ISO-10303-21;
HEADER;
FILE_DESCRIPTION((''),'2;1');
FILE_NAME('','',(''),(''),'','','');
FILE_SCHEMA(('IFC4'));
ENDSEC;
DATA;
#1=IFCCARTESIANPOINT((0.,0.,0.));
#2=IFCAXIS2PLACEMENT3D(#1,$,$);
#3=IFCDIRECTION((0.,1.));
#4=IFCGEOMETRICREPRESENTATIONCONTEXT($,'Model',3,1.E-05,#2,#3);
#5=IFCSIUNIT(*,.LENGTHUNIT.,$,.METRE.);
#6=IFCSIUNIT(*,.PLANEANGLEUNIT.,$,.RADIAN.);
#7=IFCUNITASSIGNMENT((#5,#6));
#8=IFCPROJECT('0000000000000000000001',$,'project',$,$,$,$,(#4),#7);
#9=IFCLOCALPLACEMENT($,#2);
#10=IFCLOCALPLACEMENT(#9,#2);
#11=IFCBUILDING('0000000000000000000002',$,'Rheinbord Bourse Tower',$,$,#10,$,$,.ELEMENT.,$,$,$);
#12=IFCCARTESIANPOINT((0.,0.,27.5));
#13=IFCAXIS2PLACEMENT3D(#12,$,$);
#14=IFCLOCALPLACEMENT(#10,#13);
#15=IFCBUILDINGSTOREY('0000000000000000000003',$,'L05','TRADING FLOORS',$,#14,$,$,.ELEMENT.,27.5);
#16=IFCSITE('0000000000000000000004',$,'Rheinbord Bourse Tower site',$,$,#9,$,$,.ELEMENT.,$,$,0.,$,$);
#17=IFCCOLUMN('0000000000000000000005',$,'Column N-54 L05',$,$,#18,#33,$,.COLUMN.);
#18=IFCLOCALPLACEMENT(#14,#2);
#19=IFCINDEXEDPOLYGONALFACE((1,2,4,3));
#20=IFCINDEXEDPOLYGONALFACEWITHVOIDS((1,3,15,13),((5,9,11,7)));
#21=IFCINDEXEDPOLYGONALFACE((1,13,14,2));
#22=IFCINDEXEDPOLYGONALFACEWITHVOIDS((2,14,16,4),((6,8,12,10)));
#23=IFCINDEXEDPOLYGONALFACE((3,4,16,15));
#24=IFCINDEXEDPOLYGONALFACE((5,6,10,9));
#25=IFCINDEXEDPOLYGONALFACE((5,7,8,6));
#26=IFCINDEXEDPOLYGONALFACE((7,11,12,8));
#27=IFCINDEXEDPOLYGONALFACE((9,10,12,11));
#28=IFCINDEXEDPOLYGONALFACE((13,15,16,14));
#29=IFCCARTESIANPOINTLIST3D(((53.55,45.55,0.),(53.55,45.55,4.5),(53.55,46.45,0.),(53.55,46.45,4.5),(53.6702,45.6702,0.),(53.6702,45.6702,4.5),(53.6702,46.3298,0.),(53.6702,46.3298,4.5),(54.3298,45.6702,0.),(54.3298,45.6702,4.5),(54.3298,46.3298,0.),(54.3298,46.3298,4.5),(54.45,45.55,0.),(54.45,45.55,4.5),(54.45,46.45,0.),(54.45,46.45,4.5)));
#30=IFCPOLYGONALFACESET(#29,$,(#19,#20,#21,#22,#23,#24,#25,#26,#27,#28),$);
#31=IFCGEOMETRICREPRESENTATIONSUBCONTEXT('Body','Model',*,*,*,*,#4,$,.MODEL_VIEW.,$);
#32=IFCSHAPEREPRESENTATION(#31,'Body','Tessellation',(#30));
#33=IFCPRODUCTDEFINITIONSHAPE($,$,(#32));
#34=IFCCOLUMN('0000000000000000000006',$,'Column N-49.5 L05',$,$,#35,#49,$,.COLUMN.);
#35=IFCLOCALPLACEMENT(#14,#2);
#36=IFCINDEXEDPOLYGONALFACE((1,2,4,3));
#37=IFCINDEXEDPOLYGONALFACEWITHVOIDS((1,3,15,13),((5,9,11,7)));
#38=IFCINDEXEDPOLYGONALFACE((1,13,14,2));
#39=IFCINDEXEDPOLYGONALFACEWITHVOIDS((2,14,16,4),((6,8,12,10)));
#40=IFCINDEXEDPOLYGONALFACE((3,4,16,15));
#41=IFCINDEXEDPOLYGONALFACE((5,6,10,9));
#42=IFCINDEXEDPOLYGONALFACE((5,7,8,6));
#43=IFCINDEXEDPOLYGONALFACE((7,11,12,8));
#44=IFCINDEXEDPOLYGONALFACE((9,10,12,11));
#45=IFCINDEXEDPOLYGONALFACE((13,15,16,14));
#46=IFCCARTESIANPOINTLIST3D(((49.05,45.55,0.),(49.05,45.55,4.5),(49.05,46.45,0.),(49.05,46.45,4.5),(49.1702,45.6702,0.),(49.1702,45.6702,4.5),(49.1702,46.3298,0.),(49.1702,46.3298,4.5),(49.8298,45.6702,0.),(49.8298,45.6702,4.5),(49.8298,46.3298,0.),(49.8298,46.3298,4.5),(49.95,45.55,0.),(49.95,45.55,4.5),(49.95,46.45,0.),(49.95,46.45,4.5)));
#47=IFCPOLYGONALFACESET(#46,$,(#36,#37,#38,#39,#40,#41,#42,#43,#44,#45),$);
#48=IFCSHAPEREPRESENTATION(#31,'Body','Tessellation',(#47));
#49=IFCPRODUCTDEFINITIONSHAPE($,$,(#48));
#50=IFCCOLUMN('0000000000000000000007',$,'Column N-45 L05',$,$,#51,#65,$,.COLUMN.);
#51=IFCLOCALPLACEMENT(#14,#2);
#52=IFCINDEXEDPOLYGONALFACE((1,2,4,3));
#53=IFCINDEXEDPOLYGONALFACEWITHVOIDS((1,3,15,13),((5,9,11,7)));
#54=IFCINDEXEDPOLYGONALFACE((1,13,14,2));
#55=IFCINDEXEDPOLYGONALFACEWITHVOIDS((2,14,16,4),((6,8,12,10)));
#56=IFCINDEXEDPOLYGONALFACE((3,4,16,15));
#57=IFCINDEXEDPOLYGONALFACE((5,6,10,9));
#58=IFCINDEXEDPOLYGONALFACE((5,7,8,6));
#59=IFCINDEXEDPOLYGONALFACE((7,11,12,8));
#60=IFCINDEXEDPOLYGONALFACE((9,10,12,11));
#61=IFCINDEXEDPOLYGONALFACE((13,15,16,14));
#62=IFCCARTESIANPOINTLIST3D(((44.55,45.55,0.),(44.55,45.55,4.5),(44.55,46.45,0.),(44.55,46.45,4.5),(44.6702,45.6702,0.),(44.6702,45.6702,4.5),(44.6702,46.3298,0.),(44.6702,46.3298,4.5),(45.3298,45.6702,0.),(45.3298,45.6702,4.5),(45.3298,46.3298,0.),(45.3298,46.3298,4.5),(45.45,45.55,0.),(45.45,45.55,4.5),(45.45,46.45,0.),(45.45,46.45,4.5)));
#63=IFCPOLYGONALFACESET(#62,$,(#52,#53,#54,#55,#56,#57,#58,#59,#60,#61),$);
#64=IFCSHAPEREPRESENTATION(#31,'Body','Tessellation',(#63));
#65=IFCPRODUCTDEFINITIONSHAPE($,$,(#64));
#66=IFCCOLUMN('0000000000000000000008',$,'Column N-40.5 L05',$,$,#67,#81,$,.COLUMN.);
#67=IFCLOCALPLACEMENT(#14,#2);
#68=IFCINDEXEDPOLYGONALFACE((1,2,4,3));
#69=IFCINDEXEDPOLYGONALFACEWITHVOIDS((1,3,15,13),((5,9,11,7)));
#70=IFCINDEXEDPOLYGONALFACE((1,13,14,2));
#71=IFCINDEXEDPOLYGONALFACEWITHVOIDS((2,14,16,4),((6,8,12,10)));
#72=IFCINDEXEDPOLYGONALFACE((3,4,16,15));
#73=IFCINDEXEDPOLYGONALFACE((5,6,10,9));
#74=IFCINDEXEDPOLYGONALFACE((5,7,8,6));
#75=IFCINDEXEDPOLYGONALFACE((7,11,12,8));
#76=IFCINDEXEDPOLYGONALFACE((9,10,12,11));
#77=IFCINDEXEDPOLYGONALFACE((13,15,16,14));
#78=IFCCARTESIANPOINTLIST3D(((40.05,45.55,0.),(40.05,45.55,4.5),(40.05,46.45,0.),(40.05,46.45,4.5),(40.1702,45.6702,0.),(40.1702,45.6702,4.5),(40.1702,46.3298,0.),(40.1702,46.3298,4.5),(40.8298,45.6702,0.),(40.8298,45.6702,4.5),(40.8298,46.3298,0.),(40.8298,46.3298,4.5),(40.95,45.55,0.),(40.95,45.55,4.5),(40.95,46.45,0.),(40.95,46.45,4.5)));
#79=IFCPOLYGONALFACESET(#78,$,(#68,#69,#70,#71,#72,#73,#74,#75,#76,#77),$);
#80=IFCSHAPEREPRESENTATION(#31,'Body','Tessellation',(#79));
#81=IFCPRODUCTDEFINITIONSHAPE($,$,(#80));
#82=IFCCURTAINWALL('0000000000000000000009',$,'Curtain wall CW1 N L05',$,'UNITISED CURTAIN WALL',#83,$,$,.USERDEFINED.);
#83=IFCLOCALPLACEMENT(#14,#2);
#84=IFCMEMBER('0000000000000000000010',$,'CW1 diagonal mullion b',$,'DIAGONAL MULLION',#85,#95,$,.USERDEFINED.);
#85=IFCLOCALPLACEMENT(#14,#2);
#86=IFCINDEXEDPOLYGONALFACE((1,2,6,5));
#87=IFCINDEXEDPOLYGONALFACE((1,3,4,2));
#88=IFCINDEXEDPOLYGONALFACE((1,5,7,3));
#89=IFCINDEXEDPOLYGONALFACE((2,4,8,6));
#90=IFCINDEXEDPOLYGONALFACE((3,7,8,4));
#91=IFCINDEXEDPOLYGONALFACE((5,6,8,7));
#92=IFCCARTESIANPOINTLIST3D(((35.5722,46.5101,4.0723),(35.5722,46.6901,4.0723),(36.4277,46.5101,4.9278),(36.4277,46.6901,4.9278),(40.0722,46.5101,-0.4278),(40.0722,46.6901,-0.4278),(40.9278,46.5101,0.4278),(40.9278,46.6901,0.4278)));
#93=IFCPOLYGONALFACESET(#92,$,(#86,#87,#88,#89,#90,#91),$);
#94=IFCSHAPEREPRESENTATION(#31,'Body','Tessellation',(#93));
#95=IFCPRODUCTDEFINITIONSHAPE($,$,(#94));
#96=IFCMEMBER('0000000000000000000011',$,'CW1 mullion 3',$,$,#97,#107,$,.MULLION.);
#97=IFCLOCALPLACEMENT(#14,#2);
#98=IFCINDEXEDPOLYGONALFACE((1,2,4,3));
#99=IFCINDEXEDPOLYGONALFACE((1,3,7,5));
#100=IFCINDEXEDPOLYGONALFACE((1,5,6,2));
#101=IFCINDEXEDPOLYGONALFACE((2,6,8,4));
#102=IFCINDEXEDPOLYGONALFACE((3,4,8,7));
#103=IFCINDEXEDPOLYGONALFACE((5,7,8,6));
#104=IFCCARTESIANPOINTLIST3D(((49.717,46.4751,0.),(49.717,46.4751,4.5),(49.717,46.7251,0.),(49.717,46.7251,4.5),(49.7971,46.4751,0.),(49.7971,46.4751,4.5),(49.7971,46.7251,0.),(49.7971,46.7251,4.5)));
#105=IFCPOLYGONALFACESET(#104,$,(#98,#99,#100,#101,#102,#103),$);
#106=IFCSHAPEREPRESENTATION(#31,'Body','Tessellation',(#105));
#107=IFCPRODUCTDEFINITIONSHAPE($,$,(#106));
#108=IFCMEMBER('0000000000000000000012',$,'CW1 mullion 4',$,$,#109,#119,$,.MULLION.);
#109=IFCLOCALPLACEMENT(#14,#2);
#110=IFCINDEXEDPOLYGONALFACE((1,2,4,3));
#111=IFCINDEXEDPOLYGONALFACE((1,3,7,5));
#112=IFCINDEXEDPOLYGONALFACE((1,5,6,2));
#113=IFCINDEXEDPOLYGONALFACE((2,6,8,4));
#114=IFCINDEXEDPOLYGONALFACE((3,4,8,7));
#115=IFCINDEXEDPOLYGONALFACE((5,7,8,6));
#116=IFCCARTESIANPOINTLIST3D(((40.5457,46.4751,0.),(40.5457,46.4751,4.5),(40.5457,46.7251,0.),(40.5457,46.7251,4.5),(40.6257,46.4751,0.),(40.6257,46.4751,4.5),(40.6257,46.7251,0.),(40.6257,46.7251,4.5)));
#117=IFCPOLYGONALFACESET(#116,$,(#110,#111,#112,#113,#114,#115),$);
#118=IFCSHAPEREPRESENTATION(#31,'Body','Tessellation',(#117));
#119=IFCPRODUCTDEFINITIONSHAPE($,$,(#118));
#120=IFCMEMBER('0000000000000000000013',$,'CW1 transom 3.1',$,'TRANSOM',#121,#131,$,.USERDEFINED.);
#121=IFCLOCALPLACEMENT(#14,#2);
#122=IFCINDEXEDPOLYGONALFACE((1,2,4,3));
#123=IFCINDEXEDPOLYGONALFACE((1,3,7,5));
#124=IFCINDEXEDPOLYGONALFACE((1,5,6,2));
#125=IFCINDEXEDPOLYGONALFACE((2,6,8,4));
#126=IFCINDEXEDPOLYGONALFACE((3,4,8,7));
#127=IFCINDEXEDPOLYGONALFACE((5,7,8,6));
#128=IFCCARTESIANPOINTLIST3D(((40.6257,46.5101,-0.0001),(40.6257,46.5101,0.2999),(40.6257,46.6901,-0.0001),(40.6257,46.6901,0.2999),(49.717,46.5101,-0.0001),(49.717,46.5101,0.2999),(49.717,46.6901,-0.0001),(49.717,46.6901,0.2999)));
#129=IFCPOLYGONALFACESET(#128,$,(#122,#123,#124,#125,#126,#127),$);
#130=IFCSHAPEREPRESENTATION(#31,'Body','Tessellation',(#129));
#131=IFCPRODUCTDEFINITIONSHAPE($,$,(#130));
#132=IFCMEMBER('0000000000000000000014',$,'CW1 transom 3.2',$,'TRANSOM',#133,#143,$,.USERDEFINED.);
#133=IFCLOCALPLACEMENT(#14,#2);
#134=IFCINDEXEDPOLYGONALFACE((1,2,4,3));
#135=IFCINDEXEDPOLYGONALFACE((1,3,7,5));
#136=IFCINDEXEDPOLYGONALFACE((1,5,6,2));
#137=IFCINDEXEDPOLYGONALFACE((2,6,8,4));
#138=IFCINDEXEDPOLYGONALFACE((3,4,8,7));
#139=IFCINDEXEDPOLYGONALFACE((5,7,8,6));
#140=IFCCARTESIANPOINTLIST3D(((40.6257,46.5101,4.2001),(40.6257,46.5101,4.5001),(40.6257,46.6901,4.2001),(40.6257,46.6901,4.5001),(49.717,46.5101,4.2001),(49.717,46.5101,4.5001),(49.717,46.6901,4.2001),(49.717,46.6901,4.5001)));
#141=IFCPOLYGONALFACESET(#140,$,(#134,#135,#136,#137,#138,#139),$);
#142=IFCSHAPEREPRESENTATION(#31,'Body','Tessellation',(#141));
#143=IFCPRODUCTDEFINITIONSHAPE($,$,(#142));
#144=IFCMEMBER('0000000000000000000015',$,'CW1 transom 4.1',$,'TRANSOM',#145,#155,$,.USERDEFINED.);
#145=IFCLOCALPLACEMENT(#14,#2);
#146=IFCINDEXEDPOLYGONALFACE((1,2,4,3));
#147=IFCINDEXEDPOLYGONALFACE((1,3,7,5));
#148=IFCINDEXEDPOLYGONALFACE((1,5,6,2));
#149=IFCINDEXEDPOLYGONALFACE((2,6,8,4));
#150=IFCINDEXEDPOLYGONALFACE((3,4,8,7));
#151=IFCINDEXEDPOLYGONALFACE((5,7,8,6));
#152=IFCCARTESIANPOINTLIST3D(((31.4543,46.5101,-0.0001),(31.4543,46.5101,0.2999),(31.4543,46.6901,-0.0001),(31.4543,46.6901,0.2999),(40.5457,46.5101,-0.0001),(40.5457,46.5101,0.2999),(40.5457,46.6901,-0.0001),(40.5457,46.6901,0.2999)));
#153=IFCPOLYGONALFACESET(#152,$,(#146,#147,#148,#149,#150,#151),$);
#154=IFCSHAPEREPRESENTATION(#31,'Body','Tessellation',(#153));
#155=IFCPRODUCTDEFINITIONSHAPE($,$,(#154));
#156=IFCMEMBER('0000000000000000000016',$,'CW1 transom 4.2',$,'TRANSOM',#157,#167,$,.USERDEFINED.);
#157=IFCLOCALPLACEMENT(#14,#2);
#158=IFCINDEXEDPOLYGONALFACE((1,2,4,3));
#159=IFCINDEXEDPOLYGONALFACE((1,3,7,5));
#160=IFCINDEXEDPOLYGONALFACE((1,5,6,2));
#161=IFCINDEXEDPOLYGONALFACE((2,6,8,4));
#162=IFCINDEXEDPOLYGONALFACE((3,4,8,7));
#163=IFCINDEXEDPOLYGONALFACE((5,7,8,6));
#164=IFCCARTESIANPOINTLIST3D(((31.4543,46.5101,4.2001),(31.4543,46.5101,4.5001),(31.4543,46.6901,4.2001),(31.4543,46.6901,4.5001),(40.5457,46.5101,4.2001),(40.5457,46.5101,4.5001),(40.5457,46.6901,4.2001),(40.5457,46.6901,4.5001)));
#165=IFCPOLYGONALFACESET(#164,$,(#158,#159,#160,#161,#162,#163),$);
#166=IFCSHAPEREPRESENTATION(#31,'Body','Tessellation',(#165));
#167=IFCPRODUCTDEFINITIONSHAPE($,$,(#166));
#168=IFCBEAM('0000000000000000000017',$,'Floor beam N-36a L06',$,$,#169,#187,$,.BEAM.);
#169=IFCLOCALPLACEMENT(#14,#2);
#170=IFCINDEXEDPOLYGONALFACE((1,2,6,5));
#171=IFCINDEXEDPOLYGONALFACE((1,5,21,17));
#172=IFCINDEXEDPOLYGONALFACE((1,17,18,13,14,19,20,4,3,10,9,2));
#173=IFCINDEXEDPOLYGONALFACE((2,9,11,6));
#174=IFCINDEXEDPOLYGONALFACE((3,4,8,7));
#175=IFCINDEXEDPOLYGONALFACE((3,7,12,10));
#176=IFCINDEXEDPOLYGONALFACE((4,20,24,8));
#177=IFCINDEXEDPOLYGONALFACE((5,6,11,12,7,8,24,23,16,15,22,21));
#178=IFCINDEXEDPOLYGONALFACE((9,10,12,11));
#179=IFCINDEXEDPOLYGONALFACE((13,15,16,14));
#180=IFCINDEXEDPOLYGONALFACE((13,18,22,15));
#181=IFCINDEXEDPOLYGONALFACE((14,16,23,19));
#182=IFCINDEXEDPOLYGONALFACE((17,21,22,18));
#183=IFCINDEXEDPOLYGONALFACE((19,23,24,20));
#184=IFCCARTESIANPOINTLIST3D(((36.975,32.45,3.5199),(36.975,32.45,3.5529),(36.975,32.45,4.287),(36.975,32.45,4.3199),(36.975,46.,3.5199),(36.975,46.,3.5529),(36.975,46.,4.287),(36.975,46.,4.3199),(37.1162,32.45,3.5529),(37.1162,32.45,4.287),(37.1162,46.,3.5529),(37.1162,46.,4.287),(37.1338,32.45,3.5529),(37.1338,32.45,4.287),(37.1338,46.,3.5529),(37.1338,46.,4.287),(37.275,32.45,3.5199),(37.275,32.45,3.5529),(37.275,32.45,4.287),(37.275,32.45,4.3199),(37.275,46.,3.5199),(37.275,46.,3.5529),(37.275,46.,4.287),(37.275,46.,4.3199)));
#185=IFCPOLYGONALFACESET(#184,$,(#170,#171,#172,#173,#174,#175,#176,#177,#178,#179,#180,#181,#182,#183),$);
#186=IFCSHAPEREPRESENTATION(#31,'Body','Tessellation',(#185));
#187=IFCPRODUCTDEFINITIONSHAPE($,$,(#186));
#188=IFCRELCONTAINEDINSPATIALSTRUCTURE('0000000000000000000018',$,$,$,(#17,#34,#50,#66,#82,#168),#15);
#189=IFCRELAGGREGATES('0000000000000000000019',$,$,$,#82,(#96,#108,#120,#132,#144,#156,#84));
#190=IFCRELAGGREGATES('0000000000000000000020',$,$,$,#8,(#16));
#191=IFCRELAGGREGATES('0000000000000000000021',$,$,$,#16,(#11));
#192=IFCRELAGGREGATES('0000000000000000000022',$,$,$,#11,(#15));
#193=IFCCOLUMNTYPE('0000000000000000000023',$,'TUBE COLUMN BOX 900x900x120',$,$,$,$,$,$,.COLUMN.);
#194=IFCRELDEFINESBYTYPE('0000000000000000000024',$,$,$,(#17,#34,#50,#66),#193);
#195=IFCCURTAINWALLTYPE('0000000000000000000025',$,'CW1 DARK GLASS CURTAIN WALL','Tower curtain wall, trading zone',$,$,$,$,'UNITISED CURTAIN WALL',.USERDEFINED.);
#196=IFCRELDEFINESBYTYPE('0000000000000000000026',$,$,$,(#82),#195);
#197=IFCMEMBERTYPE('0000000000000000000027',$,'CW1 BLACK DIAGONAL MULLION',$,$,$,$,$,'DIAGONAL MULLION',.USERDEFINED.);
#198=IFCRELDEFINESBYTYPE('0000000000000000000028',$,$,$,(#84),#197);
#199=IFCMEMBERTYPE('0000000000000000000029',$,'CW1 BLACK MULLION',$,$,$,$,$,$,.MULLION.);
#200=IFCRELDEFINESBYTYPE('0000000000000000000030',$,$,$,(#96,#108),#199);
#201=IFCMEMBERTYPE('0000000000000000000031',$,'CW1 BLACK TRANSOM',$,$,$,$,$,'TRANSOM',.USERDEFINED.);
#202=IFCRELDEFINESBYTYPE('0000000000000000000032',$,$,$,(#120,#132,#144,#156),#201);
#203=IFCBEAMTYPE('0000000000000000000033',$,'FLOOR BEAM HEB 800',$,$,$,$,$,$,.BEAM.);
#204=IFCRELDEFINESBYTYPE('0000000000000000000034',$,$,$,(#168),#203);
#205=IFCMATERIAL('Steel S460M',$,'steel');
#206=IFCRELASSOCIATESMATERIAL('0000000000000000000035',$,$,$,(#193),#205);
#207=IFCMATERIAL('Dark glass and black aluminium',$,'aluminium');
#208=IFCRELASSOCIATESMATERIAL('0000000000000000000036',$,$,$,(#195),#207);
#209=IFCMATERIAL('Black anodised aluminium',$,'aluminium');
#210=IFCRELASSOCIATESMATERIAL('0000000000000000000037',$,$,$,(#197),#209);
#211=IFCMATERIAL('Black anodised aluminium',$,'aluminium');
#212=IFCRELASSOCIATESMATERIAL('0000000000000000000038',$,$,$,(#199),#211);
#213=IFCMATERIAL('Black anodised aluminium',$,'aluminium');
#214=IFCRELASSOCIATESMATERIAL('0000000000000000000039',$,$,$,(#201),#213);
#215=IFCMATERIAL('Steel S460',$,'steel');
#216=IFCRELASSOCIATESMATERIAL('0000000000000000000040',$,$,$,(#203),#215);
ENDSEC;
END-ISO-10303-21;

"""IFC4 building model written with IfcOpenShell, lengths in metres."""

from ifc_helpers import new_model, si_unit, direction, frame, origin, origin_2d, place, context, subcontext, project, spatial, rectangle, hollow_rectangle, i_section, extrude, material, material_profile, profile_set, type_object, element, aggregate, save


model = new_model("IFC4")

# Units and contexts
model_context = context("Model", 3, precision=1e-05, world=origin(), true_north=direction((0.0, 1.0)))
body_context = subcontext(model_context, "Body", "Model", "MODEL_VIEW")
ifc_project = project(units=[si_unit("LENGTHUNIT", "METRE"), si_unit("PLANEANGLEUNIT", "RADIAN")], contexts=[model_context])

# Site, building, storey
site_placement = place(None, origin())
site = spatial("IfcSite", under=ifc_project, at=site_placement, Name="Rheinbord Bourse Tower site", CompositionType="ELEMENT", RefElevation=0.0)
building_placement = place(site_placement, origin())
building = spatial("IfcBuilding", under=site, at=building_placement, Name="Rheinbord Bourse Tower", CompositionType="ELEMENT")
storey_placement = place(building_placement, frame((0.0, 0.0, 27.5)))
storey = spatial("IfcBuildingStorey", under=building, at=storey_placement, Name="L05", Description="TRADING FLOORS", CompositionType="ELEMENT", Elevation=27.5)

# Columns
ifc_material_1 = material(Name="Steel S460M", Category="steel")
ifc_material_profile_1 = material_profile(ifc_material_1, hollow_rectangle(XDim=0.8999, YDim=0.8999, WallThickness=0.1201, at=origin_2d()), Name="BOX 900x900x120")
ifc_profile_set_1 = profile_set([ifc_material_profile_1], Name="Steel S460M")
column_type = type_object("IfcColumnType", Name="TUBE COLUMN BOX 900x900x120", PredefinedType="COLUMN", material=ifc_profile_set_1)
for number, where, z_axis, x_axis, name in (
    (1, (54.0, 46.0, 0.0), (0.0, 0.0, 1.0), (0.0, 1.0, 0.0), "Column N-54 L05"),
    (2, (49.5, 46.0, 0.0), (0.0, 0.0, 1.0), (0.0, 1.0, 0.0), "Column N-49.5 L05"),
    (3, (45.0, 46.0, 0.0), (0.0, 0.0, 1.0), (0.0, 1.0, 0.0), "Column N-45 L05"),
    (4, (40.5, 46.0, 0.0), (0.0, 0.0, 1.0), (0.0, 1.0, 0.0), "Column N-40.5 L05"),
):
    element("IfcColumn", number, at=place(storey_placement, frame(where, z_axis=z_axis, x_axis=x_axis)), inside=storey, type_object=column_type, Name=name, PredefinedType="COLUMN", context=body_context, shape_type="SweptSolid", body=[
        extrude(hollow_rectangle(XDim=0.8999, YDim=0.8999, WallThickness=0.1201, at=origin_2d()), origin(), (0.0, 0.0, 1.0), 4.5),
    ])

# Curtain wall, members
ifc_material_2 = material(Name="Dark glass and black aluminium", Category="aluminium")
curtain_wall_type = type_object("IfcCurtainWallType", Name="CW1 DARK GLASS CURTAIN WALL", Description="Tower curtain wall, trading zone", ElementType="UNITISED CURTAIN WALL", PredefinedType="USERDEFINED", material=ifc_material_2)
curtain_wall_placement = place(storey_placement, origin())
curtain_wall = element("IfcCurtainWall", 5, at=curtain_wall_placement, inside=storey, type_object=curtain_wall_type, Name="Curtain wall CW1 N L05", ObjectType="UNITISED CURTAIN WALL", PredefinedType="USERDEFINED")
ifc_material_3 = material(Name="Black anodised aluminium", Category="aluminium")
ifc_material_profile_2 = material_profile(ifc_material_3, rectangle(XDim=0.1799, YDim=1.21, at=origin_2d()), Name="CW1 DIAGONAL MULLION 1210x180")
ifc_profile_set_2 = profile_set([ifc_material_profile_2], Name="Black anodised aluminium")
member_type_1 = type_object("IfcMemberType", Name="CW1 BLACK DIAGONAL MULLION", ElementType="DIAGONAL MULLION", PredefinedType="USERDEFINED", material=ifc_profile_set_2)
member_1_placement = place(storey_placement, frame((40.5, 46.6001, 0.0), z_axis=(-0.707107, 0.0, 0.707107), x_axis=(0.0, -1.0, 0.0)))
member_1 = element("IfcMember", 6, at=member_1_placement, type_object=member_type_1, Name="CW1 diagonal mullion b", ObjectType="DIAGONAL MULLION", PredefinedType="USERDEFINED", context=body_context, shape_type="SweptSolid", body=[
    extrude(rectangle(XDim=0.1799, YDim=1.21, at=origin_2d()), origin(), (0.0, 0.0, 1.0), 6.364),
])
ifc_material_4 = material(Name="Black anodised aluminium", Category="aluminium")
ifc_material_profile_3 = material_profile(ifc_material_4, rectangle(XDim=0.25, YDim=0.0801, at=origin_2d()), Name="CW1 MULLION 80x250")
ifc_profile_set_3 = profile_set([ifc_material_profile_3], Name="Black anodised aluminium")
member_type_2 = type_object("IfcMemberType", Name="CW1 BLACK MULLION", PredefinedType="MULLION", material=ifc_profile_set_3)
member_2_placement = place(storey_placement, frame((49.7571, 46.6001, 0.0), z_axis=(0.0, 0.0, 1.0), x_axis=(0.0, -1.0, 0.0)))
member_2 = element("IfcMember", 7, at=member_2_placement, type_object=member_type_2, Name="CW1 mullion 3", PredefinedType="MULLION", context=body_context, shape_type="SweptSolid", body=[
    extrude(rectangle(XDim=0.25, YDim=0.0801, at=origin_2d()), origin(), (0.0, 0.0, 1.0), 4.5),
])
member_3_placement = place(storey_placement, frame((40.5857, 46.6001, 0.0), z_axis=(0.0, 0.0, 1.0), x_axis=(0.0, -1.0, 0.0)))
member_3 = element("IfcMember", 8, at=member_3_placement, type_object=member_type_2, Name="CW1 mullion 4", PredefinedType="MULLION", context=body_context, shape_type="SweptSolid", body=[
    extrude(rectangle(XDim=0.25, YDim=0.0801, at=origin_2d()), origin(), (0.0, 0.0, 1.0), 4.5),
])
ifc_material_5 = material(Name="Black anodised aluminium", Category="aluminium")
ifc_material_profile_4 = material_profile(ifc_material_5, rectangle(XDim=0.1799, YDim=0.3, at=origin_2d()), Name="CW1 TRANSOM 300x180")
ifc_profile_set_4 = profile_set([ifc_material_profile_4], Name="Black anodised aluminium")
member_type_3 = type_object("IfcMemberType", Name="CW1 BLACK TRANSOM", ElementType="TRANSOM", PredefinedType="USERDEFINED", material=ifc_profile_set_4)
member_4_placement = place(storey_placement, frame((49.717, 46.6001, 0.1499), z_axis=(-1.0, 0.0, 0.0), x_axis=(0.0, -1.0, 0.0)))
member_4 = element("IfcMember", 9, at=member_4_placement, type_object=member_type_3, Name="CW1 transom 3.1", ObjectType="TRANSOM", PredefinedType="USERDEFINED", context=body_context, shape_type="SweptSolid", body=[
    extrude(rectangle(XDim=0.1799, YDim=0.3, at=origin_2d()), origin(), (0.0, 0.0, 1.0), 9.0913),
])
member_5_placement = place(storey_placement, frame((49.717, 46.6001, 4.3501), z_axis=(-1.0, 0.0, 0.0), x_axis=(0.0, -1.0, 0.0)))
member_5 = element("IfcMember", 10, at=member_5_placement, type_object=member_type_3, Name="CW1 transom 3.2", ObjectType="TRANSOM", PredefinedType="USERDEFINED", context=body_context, shape_type="SweptSolid", body=[
    extrude(rectangle(XDim=0.1799, YDim=0.3, at=origin_2d()), origin(), (0.0, 0.0, 1.0), 9.0913),
])
member_6_placement = place(storey_placement, frame((40.5457, 46.6001, 0.1499), z_axis=(-1.0, 0.0, 0.0), x_axis=(0.0, -1.0, 0.0)))
member_6 = element("IfcMember", 11, at=member_6_placement, type_object=member_type_3, Name="CW1 transom 4.1", ObjectType="TRANSOM", PredefinedType="USERDEFINED", context=body_context, shape_type="SweptSolid", body=[
    extrude(rectangle(XDim=0.1799, YDim=0.3, at=origin_2d()), origin(), (0.0, 0.0, 1.0), 9.0913),
])
member_7_placement = place(storey_placement, frame((40.5457, 46.6001, 4.3501), z_axis=(-1.0, 0.0, 0.0), x_axis=(0.0, -1.0, 0.0)))
member_7 = element("IfcMember", 12, at=member_7_placement, type_object=member_type_3, Name="CW1 transom 4.2", ObjectType="TRANSOM", PredefinedType="USERDEFINED", context=body_context, shape_type="SweptSolid", body=[
    extrude(rectangle(XDim=0.1799, YDim=0.3, at=origin_2d()), origin(), (0.0, 0.0, 1.0), 9.0913),
])

# Beam
ifc_material_6 = material(Name="Steel S460", Category="steel")
ifc_material_profile_5 = material_profile(ifc_material_6, i_section(OverallWidth=0.3, OverallDepth=0.8, WebThickness=0.0176, FlangeThickness=0.033, at=origin_2d()), Name="HEB 800")
ifc_profile_set_5 = profile_set([ifc_material_profile_5], Name="Steel S460")
beam_type_1 = type_object("IfcBeamType", Name="FLOOR BEAM HEB 800", PredefinedType="BEAM", material=ifc_profile_set_5)
for number, where, z_axis, x_axis, name in (
    (13, (37.125, 46.0, 3.9199), (0.0, -1.0, 0.0), (1.0, 0.0, 0.0), "Floor beam N-36a L06"),
):
    element("IfcBeam", number, at=place(storey_placement, frame(where, z_axis=z_axis, x_axis=x_axis)), inside=storey, type_object=beam_type_1, Name=name, PredefinedType="BEAM", context=body_context, shape_type="SweptSolid", body=[
        extrude(i_section(OverallWidth=0.3, OverallDepth=0.8, WebThickness=0.0176, FlangeThickness=0.033, at=origin_2d()), origin(), (0.0, 0.0, 1.0), 13.55),
    ])

aggregate(curtain_wall, [member_2, member_3, member_4, member_5, member_6, member_7, member_1])

save(model, "model.ifc")
